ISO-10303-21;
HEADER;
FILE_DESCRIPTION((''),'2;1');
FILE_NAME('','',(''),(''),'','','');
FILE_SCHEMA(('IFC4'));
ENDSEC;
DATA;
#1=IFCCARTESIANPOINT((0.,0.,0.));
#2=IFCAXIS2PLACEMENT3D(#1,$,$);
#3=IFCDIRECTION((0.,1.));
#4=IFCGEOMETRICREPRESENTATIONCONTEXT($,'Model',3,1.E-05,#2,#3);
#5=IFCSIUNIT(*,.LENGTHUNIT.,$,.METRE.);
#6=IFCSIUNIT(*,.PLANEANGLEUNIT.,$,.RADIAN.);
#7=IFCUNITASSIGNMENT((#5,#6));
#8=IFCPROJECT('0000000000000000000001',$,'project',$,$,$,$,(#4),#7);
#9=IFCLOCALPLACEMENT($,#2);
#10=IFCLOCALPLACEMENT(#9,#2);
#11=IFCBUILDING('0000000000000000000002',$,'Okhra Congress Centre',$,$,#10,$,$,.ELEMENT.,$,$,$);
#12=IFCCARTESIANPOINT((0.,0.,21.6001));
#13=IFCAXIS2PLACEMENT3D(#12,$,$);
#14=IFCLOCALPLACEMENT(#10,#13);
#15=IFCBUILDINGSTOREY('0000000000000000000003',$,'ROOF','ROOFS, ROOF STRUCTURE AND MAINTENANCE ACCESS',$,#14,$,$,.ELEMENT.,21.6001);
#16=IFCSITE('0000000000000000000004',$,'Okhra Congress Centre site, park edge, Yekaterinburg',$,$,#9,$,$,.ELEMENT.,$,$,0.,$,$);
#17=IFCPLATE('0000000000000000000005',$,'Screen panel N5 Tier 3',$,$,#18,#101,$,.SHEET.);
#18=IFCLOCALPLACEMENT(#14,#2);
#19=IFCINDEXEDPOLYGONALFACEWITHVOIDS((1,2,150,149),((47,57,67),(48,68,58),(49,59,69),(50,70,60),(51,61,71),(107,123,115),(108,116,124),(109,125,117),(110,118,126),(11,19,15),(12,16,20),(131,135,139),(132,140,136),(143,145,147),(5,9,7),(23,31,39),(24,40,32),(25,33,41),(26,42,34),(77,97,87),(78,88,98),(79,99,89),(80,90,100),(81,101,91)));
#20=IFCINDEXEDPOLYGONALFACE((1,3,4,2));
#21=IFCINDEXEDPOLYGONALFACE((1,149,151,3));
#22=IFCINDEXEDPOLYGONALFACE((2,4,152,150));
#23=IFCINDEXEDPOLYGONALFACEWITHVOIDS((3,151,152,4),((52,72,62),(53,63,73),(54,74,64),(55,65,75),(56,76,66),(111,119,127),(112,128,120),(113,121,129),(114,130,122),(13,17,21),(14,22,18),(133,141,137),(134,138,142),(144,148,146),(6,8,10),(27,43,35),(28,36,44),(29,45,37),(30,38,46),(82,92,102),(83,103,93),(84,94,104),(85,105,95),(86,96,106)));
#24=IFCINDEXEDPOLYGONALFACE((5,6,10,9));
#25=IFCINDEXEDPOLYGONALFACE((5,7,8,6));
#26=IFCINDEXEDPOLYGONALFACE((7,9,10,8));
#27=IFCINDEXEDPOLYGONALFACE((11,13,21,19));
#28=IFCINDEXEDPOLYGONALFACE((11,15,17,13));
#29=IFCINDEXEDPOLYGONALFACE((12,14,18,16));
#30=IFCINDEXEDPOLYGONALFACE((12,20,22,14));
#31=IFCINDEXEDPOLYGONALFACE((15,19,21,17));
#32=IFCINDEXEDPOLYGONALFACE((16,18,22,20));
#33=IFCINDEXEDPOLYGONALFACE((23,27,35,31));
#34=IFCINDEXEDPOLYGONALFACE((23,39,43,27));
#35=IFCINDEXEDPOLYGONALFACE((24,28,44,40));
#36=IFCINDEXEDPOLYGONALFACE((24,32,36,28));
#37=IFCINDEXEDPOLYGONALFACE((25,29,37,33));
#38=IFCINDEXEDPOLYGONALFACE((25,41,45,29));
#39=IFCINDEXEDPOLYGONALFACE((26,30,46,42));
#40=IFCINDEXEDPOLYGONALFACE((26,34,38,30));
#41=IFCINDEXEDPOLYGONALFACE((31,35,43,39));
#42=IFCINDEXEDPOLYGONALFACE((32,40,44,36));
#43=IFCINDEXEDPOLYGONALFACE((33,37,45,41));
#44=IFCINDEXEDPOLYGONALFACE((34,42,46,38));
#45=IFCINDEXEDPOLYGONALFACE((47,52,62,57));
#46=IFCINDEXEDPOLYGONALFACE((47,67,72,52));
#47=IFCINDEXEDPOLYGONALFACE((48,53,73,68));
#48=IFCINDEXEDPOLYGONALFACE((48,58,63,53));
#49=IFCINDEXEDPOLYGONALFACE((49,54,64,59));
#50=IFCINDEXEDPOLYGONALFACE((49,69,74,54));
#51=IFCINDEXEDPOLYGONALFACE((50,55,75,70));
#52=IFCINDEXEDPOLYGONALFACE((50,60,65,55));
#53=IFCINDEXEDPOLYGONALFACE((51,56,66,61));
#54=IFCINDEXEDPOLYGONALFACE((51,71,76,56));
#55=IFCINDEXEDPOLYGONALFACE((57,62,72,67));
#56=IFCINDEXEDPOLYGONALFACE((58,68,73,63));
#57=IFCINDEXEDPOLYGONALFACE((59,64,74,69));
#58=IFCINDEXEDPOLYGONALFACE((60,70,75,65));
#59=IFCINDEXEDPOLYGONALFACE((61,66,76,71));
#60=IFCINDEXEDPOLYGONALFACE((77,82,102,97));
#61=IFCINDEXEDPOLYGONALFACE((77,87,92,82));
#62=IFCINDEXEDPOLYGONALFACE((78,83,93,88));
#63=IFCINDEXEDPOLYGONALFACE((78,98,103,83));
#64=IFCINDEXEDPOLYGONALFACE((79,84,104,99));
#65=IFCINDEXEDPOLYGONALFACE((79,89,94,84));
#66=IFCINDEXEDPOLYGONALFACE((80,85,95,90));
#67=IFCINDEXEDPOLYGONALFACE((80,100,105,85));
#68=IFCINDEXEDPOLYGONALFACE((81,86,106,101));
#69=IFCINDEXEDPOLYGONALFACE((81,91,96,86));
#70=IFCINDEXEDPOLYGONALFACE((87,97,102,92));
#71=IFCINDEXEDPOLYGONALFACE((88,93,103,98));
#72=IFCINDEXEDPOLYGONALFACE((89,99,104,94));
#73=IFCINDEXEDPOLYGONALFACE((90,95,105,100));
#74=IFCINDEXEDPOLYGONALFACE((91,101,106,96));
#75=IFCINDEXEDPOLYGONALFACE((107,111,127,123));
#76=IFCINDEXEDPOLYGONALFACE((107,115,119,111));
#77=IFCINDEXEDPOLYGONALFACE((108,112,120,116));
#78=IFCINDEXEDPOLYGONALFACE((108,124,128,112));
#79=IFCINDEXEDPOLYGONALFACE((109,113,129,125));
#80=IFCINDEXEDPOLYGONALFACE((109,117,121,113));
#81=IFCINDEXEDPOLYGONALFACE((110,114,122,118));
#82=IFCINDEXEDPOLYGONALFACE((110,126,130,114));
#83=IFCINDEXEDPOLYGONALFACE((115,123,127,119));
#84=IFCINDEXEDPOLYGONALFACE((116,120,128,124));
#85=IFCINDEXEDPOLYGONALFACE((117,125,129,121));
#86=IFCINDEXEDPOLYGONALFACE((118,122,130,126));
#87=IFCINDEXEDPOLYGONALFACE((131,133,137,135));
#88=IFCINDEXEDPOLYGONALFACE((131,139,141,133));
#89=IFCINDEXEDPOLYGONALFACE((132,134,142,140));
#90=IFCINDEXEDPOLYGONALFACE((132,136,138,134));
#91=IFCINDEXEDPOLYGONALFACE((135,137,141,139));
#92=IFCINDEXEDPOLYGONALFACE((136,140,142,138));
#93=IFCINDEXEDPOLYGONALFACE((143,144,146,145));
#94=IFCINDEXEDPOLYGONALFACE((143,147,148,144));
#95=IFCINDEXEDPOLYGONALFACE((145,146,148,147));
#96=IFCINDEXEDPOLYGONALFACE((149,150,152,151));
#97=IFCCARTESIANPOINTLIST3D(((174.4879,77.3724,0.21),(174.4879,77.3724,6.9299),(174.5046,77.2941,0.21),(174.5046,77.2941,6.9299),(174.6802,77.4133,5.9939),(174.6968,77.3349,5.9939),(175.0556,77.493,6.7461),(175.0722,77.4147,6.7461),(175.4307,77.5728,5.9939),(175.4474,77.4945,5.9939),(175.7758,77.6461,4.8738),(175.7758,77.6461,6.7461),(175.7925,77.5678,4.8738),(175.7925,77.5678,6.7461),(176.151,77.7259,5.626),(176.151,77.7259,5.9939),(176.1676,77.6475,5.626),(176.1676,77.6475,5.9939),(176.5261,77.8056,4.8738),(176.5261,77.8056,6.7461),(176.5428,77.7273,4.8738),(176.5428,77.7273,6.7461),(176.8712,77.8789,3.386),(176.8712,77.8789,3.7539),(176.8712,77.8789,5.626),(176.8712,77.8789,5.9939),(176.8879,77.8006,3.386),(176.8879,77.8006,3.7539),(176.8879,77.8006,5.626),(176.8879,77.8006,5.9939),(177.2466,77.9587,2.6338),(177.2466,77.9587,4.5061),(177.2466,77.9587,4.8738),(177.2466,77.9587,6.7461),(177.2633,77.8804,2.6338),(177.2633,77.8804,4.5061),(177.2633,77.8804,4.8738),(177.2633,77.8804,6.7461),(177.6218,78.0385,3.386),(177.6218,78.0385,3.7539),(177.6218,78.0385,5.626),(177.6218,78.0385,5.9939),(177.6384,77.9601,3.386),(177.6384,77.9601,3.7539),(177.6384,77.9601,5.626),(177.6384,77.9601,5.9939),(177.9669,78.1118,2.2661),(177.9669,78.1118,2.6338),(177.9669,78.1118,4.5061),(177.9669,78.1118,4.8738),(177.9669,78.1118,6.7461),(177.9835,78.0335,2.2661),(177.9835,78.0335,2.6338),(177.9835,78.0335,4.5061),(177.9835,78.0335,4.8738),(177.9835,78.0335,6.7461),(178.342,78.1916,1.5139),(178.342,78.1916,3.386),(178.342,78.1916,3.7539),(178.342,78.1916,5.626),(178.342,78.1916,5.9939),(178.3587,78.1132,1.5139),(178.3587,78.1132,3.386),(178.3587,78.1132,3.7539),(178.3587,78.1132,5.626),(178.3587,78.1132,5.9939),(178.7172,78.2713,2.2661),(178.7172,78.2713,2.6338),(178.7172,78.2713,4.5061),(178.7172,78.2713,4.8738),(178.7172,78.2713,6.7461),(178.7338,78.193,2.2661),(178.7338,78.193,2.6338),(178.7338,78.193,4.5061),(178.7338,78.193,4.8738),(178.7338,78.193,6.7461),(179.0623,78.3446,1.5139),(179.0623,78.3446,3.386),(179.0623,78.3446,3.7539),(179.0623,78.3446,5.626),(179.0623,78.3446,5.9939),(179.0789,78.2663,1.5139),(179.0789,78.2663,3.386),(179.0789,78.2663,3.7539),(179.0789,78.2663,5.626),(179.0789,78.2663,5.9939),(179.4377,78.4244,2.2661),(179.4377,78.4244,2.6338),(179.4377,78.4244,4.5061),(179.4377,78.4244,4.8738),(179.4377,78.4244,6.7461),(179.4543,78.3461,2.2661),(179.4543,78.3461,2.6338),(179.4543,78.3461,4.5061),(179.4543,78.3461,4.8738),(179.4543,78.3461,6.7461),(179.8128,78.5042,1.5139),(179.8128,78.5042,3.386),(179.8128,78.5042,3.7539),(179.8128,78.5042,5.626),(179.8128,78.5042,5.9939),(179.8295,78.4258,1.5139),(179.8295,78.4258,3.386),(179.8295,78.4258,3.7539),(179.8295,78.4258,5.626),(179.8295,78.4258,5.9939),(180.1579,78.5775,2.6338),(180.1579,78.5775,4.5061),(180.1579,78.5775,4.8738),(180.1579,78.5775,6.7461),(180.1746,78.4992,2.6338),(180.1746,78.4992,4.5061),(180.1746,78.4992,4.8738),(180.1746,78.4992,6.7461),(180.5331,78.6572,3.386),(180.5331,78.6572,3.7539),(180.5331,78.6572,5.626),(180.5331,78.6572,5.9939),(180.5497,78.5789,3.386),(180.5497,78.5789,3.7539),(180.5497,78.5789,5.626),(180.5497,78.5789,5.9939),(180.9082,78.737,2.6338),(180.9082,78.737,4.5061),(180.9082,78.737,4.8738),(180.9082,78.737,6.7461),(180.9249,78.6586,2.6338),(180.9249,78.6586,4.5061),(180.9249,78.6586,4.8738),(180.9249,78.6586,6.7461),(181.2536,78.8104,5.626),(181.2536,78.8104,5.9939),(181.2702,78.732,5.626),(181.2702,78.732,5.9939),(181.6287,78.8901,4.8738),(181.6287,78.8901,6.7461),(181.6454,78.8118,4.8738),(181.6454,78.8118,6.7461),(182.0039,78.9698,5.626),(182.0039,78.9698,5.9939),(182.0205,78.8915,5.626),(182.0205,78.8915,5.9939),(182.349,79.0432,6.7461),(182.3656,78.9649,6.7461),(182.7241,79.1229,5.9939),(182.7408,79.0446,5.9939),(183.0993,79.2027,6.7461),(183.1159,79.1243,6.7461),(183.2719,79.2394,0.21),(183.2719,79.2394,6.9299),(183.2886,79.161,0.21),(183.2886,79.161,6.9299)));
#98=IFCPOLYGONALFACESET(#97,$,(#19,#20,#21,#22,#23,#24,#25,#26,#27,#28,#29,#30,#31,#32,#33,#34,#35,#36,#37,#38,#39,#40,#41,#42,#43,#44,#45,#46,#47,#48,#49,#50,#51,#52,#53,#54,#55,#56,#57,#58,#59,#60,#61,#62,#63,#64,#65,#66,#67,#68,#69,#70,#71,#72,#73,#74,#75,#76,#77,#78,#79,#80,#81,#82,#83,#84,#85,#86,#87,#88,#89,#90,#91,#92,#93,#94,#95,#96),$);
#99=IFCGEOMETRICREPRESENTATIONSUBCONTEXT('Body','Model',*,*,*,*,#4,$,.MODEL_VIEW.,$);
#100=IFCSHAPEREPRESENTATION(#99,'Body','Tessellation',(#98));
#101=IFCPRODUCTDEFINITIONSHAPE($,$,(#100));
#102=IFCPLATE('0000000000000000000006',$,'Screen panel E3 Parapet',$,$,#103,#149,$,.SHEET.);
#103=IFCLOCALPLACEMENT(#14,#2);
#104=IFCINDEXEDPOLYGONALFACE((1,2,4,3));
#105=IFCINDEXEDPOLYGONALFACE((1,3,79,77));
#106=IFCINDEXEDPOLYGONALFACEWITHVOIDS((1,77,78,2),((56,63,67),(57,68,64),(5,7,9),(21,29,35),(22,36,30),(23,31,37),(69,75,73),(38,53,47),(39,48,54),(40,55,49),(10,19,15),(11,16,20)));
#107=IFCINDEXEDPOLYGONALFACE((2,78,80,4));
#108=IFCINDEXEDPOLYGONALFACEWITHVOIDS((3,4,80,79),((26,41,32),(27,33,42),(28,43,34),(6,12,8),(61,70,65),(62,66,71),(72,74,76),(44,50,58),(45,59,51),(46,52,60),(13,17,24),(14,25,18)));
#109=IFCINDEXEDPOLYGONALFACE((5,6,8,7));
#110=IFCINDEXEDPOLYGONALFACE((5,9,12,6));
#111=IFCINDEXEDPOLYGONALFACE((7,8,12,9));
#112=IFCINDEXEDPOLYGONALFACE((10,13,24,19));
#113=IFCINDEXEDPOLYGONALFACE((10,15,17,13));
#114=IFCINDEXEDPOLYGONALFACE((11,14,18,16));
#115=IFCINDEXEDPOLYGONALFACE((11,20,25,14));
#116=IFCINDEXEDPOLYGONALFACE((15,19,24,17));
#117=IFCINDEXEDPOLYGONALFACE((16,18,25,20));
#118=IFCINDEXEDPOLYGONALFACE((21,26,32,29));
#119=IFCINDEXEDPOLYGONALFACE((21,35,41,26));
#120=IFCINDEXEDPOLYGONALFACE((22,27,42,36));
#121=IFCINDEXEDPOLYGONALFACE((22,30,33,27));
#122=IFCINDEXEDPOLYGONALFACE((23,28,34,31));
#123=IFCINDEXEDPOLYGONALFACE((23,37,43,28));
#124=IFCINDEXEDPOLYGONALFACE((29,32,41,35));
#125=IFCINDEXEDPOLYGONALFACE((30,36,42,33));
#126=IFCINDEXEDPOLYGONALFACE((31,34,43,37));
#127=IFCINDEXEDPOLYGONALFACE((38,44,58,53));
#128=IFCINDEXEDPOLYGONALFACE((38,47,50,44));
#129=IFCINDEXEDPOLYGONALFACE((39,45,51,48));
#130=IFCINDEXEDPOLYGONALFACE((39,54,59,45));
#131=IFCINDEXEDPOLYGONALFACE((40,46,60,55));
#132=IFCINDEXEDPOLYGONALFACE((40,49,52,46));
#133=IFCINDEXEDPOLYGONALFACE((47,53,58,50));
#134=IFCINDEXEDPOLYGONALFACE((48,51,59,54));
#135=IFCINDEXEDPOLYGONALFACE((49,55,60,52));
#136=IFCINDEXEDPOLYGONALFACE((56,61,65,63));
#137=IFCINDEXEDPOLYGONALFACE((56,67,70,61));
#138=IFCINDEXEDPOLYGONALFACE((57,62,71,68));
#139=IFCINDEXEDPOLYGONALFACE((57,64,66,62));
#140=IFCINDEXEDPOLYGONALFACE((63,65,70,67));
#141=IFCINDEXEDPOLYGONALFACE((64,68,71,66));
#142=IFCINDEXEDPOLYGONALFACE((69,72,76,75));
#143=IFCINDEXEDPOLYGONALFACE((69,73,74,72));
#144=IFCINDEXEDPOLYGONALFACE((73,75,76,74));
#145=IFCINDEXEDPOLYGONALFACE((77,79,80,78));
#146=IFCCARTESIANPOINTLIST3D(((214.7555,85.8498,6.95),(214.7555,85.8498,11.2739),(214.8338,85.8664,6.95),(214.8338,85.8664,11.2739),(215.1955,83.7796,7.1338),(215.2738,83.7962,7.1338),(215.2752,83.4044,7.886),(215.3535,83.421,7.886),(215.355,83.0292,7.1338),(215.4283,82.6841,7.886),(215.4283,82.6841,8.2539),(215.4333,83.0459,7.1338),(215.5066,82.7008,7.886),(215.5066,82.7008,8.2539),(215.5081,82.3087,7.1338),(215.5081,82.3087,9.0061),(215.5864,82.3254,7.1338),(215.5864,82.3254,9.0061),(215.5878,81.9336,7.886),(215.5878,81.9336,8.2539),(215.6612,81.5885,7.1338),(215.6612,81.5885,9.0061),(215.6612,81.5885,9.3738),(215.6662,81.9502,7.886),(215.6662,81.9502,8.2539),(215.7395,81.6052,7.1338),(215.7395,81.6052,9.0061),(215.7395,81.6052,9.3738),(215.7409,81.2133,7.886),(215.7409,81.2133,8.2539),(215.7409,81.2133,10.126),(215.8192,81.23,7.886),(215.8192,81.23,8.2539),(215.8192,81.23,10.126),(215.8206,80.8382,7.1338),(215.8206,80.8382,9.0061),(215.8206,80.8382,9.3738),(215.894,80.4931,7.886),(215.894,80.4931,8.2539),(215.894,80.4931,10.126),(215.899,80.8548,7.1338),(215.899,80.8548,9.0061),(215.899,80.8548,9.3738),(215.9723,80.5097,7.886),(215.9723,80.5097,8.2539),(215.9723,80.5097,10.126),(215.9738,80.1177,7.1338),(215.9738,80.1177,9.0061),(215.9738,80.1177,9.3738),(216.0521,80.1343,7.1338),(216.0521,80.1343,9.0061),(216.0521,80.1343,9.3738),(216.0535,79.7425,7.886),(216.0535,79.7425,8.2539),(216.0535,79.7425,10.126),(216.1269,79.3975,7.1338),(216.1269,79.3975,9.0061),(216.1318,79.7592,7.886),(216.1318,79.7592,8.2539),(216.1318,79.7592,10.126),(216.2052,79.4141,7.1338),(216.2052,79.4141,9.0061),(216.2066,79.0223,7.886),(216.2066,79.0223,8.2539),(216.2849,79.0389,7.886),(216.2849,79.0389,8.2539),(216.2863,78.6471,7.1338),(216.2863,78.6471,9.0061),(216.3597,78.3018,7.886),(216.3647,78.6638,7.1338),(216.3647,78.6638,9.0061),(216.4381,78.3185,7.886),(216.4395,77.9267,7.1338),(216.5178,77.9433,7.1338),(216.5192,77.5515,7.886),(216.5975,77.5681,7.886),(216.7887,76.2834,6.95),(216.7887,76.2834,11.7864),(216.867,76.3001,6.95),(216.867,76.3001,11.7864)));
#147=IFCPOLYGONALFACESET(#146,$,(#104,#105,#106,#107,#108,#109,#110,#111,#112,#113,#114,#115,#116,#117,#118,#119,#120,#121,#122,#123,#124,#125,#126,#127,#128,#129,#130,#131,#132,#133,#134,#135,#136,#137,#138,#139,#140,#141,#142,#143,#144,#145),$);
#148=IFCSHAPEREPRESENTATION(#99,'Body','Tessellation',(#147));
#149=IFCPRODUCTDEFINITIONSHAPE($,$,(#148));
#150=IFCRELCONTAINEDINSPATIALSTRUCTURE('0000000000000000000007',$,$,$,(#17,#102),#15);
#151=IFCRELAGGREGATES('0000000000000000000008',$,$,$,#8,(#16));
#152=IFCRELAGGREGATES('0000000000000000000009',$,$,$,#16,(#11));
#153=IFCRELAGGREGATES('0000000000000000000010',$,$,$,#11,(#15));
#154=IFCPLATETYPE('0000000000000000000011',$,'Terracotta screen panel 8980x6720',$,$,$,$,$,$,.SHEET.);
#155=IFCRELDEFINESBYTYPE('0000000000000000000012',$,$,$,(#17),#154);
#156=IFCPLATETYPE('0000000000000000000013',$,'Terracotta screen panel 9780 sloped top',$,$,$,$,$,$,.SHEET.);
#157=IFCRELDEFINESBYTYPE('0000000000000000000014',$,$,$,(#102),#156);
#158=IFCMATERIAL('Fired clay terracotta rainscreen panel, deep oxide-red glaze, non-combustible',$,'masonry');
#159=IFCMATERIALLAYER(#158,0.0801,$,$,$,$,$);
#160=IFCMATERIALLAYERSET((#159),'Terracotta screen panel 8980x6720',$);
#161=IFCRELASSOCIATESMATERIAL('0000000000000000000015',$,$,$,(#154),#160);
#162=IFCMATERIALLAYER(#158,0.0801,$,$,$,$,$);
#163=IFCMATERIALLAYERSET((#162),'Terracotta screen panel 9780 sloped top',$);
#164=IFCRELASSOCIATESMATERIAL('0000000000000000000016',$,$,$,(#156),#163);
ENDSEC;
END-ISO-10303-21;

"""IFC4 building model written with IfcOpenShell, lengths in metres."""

from ifc_helpers import new_model, si_unit, direction, frame, origin, place, context, subcontext, project, spatial, polyline, outline, extrude, material, layer, layer_set, type_object, element, save


model = new_model("IFC4")

# Units and contexts
model_context = context("Model", 3, precision=1e-05, world=origin(), true_north=direction((0.0, 1.0)))
body_context = subcontext(model_context, "Body", "Model", "MODEL_VIEW")
ifc_project = project(units=[si_unit("LENGTHUNIT", "METRE"), si_unit("PLANEANGLEUNIT", "RADIAN")], contexts=[model_context])

# Site, building, storey
site_placement = place(None, origin())
site = spatial("IfcSite", under=ifc_project, at=site_placement, Name="Okhra Congress Centre site, park edge, Yekaterinburg", CompositionType="ELEMENT", RefElevation=0.0)
building_placement = place(site_placement, origin())
building = spatial("IfcBuilding", under=site, at=building_placement, Name="Okhra Congress Centre", CompositionType="ELEMENT")
storey_placement = place(building_placement, frame((0.0, 0.0, 21.6001)))
storey = spatial("IfcBuildingStorey", under=building, at=storey_placement, Name="ROOF", Description="ROOFS, ROOF STRUCTURE AND MAINTENANCE ACCESS", CompositionType="ELEMENT", Elevation=21.6001)

# Plates
ifc_material_1 = material(Name="Fired clay terracotta rainscreen panel, deep oxide-red glaze, non-combustible", Category="masonry")
ifc_layer_1 = layer(ifc_material_1, 0.0801)
ifc_layer_set_1 = layer_set([ifc_layer_1], Name="Terracotta screen panel 8980x6720")
plate_type_1 = type_object("IfcPlateType", Name="Terracotta screen panel 8980x6720", PredefinedType="SHEET", material=ifc_layer_set_1)
plate_1_placement = place(storey_placement, frame((183.2803, 79.2002, 0.21), z_axis=(0.0, 0.0, 1.0), x_axis=(-0.978151, -0.207897, 0.0)))
element("IfcPlate", 1, at=plate_1_placement, inside=storey, type_object=plate_type_1, Name="Screen panel N5 Tier 3", PredefinedType="SHEET", context=body_context, shape_type="SweptSolid", body=[
    extrude(outline(polyline([(0.0, 0.0), (8.9802, 0.0), (8.9802, 6.72), (0.0, 6.72), (0.0, 0.0)]), holes=[polyline([(3.5364, 1.304), (4.3037, 1.304), (3.9199, 2.0562), (3.5364, 1.304)]), polyline([(4.6565, 2.0562), (5.04, 1.304), (5.4236, 2.0562), (4.6565, 2.0562)]), polyline([(2.4165, 2.4238), (3.1836, 2.4238), (2.8, 3.176), (2.4165, 2.4238)]), polyline([(3.5364, 3.176), (3.9199, 2.4238), (4.3037, 3.176), (3.5364, 3.176)]), polyline([(4.6565, 2.4238), (5.4236, 2.4238), (5.04, 3.176), (4.6565, 2.4238)]), polyline([(5.7764, 3.176), (6.1599, 2.4238), (6.5437, 3.176), (5.7764, 3.176)]), polyline([(2.4165, 4.2961), (2.8, 3.5439), (3.1836, 4.2961), (2.4165, 4.2961)]), polyline([(3.5364, 3.5439), (4.3037, 3.5439), (3.9199, 4.2961), (3.5364, 3.5439)]), polyline([(4.6565, 4.2961), (5.04, 3.5439), (5.4236, 4.2961), (4.6565, 4.2961)]), polyline([(5.7764, 3.5439), (6.5437, 3.5439), (6.1599, 4.2961), (5.7764, 3.5439)]), polyline([(1.2964, 5.416), (1.6799, 4.6638), (2.0635, 5.416), (1.2964, 5.416)]), polyline([(2.4165, 4.6638), (3.1836, 4.6638), (2.8, 5.416), (2.4165, 4.6638)]), polyline([(3.5364, 5.416), (3.9199, 4.6638), (4.3037, 5.416), (3.5364, 5.416)]), polyline([(4.6565, 4.6638), (5.4236, 4.6638), (5.04, 5.416), (4.6565, 4.6638)]), polyline([(5.7764, 5.416), (6.1599, 4.6638), (6.5437, 5.416), (5.7764, 5.416)]), polyline([(6.8965, 4.6638), (7.6636, 4.6638), (7.28, 5.416), (6.8965, 4.6638)]), polyline([(0.1765, 6.5361), (0.5601, 5.7839), (0.9436, 6.5361), (0.1765, 6.5361)]), polyline([(1.2964, 5.7839), (2.0635, 5.7839), (1.6799, 6.5361), (1.2964, 5.7839)]), polyline([(2.4165, 6.5361), (2.8, 5.7839), (3.1836, 6.5361), (2.4165, 6.5361)]), polyline([(3.5364, 5.7839), (4.3037, 5.7839), (3.9199, 6.5361), (3.5364, 5.7839)]), polyline([(4.6565, 6.5361), (5.04, 5.7839), (5.4236, 6.5361), (4.6565, 6.5361)]), polyline([(5.7764, 5.7839), (6.5437, 5.7839), (6.1599, 6.5361), (5.7764, 5.7839)]), polyline([(6.8965, 6.5361), (7.28, 5.7839), (7.6636, 6.5361), (6.8965, 6.5361)]), polyline([(8.0164, 5.7839), (8.7837, 5.7839), (8.3999, 6.5361), (8.0164, 5.7839)])]), frame((0.0, 0.04, 0.0), z_axis=(0.0, -1.0, 0.0), x_axis=(1.0, 0.0, 0.0)), (0.0, 0.0, 1.0), 0.0801),
])
ifc_layer_2 = layer(ifc_material_1, 0.0801)
ifc_layer_set_2 = layer_set([ifc_layer_2], Name="Terracotta screen panel 9780 sloped top")
plate_type_2 = type_object("IfcPlateType", Name="Terracotta screen panel 9780 sloped top", PredefinedType="SHEET", material=ifc_layer_set_2)
plate_2_placement = place(storey_placement, frame((216.8279, 76.2917, 6.95), z_axis=(0.0, 0.0, 1.0), x_axis=(-0.207897, 0.978151, 0.0)))
element("IfcPlate", 2, at=plate_2_placement, inside=storey, type_object=plate_type_2, Name="Screen panel E3 Parapet", PredefinedType="SHEET", context=body_context, shape_type="SweptSolid", body=[
    extrude(outline(polyline([(0.0, 0.0), (9.78, 0.0), (9.78, 4.324), (0.0, 4.8364), (0.0, 0.0)]), holes=[polyline([(1.2964, 0.936), (1.6799, 0.1838), (2.0635, 0.936), (1.2964, 0.936)]), polyline([(2.4165, 0.1838), (3.1836, 0.1838), (2.8, 0.936), (2.4165, 0.1838)]), polyline([(3.5364, 0.936), (3.9199, 0.1838), (4.3037, 0.936), (3.5364, 0.936)]), polyline([(4.6565, 0.1838), (5.4236, 0.1838), (5.04, 0.936), (4.6565, 0.1838)]), polyline([(5.7764, 0.936), (6.1599, 0.1838), (6.5437, 0.936), (5.7764, 0.936)]), polyline([(6.8965, 0.1838), (7.6636, 0.1838), (7.28, 0.936), (6.8965, 0.1838)]), polyline([(2.4165, 2.0562), (2.8, 1.304), (3.1836, 2.0562), (2.4165, 2.0562)]), polyline([(3.5364, 1.304), (4.3037, 1.304), (3.9199, 2.0562), (3.5364, 1.304)]), polyline([(4.6565, 2.0562), (5.04, 1.304), (5.4236, 2.0562), (4.6565, 2.0562)]), polyline([(5.7764, 1.304), (6.5437, 1.304), (6.1599, 2.0562), (5.7764, 1.304)]), polyline([(3.5364, 3.176), (3.9199, 2.4238), (4.3037, 3.176), (3.5364, 3.176)]), polyline([(4.6565, 2.4238), (5.4236, 2.4238), (5.04, 3.176), (4.6565, 2.4238)])]), frame((0.0, 0.04, 0.0), z_axis=(0.0, -1.0, 0.0), x_axis=(1.0, 0.0, 0.0)), (0.0, 0.0, 1.0), 0.0801),
])

save(model, "model.ifc")
